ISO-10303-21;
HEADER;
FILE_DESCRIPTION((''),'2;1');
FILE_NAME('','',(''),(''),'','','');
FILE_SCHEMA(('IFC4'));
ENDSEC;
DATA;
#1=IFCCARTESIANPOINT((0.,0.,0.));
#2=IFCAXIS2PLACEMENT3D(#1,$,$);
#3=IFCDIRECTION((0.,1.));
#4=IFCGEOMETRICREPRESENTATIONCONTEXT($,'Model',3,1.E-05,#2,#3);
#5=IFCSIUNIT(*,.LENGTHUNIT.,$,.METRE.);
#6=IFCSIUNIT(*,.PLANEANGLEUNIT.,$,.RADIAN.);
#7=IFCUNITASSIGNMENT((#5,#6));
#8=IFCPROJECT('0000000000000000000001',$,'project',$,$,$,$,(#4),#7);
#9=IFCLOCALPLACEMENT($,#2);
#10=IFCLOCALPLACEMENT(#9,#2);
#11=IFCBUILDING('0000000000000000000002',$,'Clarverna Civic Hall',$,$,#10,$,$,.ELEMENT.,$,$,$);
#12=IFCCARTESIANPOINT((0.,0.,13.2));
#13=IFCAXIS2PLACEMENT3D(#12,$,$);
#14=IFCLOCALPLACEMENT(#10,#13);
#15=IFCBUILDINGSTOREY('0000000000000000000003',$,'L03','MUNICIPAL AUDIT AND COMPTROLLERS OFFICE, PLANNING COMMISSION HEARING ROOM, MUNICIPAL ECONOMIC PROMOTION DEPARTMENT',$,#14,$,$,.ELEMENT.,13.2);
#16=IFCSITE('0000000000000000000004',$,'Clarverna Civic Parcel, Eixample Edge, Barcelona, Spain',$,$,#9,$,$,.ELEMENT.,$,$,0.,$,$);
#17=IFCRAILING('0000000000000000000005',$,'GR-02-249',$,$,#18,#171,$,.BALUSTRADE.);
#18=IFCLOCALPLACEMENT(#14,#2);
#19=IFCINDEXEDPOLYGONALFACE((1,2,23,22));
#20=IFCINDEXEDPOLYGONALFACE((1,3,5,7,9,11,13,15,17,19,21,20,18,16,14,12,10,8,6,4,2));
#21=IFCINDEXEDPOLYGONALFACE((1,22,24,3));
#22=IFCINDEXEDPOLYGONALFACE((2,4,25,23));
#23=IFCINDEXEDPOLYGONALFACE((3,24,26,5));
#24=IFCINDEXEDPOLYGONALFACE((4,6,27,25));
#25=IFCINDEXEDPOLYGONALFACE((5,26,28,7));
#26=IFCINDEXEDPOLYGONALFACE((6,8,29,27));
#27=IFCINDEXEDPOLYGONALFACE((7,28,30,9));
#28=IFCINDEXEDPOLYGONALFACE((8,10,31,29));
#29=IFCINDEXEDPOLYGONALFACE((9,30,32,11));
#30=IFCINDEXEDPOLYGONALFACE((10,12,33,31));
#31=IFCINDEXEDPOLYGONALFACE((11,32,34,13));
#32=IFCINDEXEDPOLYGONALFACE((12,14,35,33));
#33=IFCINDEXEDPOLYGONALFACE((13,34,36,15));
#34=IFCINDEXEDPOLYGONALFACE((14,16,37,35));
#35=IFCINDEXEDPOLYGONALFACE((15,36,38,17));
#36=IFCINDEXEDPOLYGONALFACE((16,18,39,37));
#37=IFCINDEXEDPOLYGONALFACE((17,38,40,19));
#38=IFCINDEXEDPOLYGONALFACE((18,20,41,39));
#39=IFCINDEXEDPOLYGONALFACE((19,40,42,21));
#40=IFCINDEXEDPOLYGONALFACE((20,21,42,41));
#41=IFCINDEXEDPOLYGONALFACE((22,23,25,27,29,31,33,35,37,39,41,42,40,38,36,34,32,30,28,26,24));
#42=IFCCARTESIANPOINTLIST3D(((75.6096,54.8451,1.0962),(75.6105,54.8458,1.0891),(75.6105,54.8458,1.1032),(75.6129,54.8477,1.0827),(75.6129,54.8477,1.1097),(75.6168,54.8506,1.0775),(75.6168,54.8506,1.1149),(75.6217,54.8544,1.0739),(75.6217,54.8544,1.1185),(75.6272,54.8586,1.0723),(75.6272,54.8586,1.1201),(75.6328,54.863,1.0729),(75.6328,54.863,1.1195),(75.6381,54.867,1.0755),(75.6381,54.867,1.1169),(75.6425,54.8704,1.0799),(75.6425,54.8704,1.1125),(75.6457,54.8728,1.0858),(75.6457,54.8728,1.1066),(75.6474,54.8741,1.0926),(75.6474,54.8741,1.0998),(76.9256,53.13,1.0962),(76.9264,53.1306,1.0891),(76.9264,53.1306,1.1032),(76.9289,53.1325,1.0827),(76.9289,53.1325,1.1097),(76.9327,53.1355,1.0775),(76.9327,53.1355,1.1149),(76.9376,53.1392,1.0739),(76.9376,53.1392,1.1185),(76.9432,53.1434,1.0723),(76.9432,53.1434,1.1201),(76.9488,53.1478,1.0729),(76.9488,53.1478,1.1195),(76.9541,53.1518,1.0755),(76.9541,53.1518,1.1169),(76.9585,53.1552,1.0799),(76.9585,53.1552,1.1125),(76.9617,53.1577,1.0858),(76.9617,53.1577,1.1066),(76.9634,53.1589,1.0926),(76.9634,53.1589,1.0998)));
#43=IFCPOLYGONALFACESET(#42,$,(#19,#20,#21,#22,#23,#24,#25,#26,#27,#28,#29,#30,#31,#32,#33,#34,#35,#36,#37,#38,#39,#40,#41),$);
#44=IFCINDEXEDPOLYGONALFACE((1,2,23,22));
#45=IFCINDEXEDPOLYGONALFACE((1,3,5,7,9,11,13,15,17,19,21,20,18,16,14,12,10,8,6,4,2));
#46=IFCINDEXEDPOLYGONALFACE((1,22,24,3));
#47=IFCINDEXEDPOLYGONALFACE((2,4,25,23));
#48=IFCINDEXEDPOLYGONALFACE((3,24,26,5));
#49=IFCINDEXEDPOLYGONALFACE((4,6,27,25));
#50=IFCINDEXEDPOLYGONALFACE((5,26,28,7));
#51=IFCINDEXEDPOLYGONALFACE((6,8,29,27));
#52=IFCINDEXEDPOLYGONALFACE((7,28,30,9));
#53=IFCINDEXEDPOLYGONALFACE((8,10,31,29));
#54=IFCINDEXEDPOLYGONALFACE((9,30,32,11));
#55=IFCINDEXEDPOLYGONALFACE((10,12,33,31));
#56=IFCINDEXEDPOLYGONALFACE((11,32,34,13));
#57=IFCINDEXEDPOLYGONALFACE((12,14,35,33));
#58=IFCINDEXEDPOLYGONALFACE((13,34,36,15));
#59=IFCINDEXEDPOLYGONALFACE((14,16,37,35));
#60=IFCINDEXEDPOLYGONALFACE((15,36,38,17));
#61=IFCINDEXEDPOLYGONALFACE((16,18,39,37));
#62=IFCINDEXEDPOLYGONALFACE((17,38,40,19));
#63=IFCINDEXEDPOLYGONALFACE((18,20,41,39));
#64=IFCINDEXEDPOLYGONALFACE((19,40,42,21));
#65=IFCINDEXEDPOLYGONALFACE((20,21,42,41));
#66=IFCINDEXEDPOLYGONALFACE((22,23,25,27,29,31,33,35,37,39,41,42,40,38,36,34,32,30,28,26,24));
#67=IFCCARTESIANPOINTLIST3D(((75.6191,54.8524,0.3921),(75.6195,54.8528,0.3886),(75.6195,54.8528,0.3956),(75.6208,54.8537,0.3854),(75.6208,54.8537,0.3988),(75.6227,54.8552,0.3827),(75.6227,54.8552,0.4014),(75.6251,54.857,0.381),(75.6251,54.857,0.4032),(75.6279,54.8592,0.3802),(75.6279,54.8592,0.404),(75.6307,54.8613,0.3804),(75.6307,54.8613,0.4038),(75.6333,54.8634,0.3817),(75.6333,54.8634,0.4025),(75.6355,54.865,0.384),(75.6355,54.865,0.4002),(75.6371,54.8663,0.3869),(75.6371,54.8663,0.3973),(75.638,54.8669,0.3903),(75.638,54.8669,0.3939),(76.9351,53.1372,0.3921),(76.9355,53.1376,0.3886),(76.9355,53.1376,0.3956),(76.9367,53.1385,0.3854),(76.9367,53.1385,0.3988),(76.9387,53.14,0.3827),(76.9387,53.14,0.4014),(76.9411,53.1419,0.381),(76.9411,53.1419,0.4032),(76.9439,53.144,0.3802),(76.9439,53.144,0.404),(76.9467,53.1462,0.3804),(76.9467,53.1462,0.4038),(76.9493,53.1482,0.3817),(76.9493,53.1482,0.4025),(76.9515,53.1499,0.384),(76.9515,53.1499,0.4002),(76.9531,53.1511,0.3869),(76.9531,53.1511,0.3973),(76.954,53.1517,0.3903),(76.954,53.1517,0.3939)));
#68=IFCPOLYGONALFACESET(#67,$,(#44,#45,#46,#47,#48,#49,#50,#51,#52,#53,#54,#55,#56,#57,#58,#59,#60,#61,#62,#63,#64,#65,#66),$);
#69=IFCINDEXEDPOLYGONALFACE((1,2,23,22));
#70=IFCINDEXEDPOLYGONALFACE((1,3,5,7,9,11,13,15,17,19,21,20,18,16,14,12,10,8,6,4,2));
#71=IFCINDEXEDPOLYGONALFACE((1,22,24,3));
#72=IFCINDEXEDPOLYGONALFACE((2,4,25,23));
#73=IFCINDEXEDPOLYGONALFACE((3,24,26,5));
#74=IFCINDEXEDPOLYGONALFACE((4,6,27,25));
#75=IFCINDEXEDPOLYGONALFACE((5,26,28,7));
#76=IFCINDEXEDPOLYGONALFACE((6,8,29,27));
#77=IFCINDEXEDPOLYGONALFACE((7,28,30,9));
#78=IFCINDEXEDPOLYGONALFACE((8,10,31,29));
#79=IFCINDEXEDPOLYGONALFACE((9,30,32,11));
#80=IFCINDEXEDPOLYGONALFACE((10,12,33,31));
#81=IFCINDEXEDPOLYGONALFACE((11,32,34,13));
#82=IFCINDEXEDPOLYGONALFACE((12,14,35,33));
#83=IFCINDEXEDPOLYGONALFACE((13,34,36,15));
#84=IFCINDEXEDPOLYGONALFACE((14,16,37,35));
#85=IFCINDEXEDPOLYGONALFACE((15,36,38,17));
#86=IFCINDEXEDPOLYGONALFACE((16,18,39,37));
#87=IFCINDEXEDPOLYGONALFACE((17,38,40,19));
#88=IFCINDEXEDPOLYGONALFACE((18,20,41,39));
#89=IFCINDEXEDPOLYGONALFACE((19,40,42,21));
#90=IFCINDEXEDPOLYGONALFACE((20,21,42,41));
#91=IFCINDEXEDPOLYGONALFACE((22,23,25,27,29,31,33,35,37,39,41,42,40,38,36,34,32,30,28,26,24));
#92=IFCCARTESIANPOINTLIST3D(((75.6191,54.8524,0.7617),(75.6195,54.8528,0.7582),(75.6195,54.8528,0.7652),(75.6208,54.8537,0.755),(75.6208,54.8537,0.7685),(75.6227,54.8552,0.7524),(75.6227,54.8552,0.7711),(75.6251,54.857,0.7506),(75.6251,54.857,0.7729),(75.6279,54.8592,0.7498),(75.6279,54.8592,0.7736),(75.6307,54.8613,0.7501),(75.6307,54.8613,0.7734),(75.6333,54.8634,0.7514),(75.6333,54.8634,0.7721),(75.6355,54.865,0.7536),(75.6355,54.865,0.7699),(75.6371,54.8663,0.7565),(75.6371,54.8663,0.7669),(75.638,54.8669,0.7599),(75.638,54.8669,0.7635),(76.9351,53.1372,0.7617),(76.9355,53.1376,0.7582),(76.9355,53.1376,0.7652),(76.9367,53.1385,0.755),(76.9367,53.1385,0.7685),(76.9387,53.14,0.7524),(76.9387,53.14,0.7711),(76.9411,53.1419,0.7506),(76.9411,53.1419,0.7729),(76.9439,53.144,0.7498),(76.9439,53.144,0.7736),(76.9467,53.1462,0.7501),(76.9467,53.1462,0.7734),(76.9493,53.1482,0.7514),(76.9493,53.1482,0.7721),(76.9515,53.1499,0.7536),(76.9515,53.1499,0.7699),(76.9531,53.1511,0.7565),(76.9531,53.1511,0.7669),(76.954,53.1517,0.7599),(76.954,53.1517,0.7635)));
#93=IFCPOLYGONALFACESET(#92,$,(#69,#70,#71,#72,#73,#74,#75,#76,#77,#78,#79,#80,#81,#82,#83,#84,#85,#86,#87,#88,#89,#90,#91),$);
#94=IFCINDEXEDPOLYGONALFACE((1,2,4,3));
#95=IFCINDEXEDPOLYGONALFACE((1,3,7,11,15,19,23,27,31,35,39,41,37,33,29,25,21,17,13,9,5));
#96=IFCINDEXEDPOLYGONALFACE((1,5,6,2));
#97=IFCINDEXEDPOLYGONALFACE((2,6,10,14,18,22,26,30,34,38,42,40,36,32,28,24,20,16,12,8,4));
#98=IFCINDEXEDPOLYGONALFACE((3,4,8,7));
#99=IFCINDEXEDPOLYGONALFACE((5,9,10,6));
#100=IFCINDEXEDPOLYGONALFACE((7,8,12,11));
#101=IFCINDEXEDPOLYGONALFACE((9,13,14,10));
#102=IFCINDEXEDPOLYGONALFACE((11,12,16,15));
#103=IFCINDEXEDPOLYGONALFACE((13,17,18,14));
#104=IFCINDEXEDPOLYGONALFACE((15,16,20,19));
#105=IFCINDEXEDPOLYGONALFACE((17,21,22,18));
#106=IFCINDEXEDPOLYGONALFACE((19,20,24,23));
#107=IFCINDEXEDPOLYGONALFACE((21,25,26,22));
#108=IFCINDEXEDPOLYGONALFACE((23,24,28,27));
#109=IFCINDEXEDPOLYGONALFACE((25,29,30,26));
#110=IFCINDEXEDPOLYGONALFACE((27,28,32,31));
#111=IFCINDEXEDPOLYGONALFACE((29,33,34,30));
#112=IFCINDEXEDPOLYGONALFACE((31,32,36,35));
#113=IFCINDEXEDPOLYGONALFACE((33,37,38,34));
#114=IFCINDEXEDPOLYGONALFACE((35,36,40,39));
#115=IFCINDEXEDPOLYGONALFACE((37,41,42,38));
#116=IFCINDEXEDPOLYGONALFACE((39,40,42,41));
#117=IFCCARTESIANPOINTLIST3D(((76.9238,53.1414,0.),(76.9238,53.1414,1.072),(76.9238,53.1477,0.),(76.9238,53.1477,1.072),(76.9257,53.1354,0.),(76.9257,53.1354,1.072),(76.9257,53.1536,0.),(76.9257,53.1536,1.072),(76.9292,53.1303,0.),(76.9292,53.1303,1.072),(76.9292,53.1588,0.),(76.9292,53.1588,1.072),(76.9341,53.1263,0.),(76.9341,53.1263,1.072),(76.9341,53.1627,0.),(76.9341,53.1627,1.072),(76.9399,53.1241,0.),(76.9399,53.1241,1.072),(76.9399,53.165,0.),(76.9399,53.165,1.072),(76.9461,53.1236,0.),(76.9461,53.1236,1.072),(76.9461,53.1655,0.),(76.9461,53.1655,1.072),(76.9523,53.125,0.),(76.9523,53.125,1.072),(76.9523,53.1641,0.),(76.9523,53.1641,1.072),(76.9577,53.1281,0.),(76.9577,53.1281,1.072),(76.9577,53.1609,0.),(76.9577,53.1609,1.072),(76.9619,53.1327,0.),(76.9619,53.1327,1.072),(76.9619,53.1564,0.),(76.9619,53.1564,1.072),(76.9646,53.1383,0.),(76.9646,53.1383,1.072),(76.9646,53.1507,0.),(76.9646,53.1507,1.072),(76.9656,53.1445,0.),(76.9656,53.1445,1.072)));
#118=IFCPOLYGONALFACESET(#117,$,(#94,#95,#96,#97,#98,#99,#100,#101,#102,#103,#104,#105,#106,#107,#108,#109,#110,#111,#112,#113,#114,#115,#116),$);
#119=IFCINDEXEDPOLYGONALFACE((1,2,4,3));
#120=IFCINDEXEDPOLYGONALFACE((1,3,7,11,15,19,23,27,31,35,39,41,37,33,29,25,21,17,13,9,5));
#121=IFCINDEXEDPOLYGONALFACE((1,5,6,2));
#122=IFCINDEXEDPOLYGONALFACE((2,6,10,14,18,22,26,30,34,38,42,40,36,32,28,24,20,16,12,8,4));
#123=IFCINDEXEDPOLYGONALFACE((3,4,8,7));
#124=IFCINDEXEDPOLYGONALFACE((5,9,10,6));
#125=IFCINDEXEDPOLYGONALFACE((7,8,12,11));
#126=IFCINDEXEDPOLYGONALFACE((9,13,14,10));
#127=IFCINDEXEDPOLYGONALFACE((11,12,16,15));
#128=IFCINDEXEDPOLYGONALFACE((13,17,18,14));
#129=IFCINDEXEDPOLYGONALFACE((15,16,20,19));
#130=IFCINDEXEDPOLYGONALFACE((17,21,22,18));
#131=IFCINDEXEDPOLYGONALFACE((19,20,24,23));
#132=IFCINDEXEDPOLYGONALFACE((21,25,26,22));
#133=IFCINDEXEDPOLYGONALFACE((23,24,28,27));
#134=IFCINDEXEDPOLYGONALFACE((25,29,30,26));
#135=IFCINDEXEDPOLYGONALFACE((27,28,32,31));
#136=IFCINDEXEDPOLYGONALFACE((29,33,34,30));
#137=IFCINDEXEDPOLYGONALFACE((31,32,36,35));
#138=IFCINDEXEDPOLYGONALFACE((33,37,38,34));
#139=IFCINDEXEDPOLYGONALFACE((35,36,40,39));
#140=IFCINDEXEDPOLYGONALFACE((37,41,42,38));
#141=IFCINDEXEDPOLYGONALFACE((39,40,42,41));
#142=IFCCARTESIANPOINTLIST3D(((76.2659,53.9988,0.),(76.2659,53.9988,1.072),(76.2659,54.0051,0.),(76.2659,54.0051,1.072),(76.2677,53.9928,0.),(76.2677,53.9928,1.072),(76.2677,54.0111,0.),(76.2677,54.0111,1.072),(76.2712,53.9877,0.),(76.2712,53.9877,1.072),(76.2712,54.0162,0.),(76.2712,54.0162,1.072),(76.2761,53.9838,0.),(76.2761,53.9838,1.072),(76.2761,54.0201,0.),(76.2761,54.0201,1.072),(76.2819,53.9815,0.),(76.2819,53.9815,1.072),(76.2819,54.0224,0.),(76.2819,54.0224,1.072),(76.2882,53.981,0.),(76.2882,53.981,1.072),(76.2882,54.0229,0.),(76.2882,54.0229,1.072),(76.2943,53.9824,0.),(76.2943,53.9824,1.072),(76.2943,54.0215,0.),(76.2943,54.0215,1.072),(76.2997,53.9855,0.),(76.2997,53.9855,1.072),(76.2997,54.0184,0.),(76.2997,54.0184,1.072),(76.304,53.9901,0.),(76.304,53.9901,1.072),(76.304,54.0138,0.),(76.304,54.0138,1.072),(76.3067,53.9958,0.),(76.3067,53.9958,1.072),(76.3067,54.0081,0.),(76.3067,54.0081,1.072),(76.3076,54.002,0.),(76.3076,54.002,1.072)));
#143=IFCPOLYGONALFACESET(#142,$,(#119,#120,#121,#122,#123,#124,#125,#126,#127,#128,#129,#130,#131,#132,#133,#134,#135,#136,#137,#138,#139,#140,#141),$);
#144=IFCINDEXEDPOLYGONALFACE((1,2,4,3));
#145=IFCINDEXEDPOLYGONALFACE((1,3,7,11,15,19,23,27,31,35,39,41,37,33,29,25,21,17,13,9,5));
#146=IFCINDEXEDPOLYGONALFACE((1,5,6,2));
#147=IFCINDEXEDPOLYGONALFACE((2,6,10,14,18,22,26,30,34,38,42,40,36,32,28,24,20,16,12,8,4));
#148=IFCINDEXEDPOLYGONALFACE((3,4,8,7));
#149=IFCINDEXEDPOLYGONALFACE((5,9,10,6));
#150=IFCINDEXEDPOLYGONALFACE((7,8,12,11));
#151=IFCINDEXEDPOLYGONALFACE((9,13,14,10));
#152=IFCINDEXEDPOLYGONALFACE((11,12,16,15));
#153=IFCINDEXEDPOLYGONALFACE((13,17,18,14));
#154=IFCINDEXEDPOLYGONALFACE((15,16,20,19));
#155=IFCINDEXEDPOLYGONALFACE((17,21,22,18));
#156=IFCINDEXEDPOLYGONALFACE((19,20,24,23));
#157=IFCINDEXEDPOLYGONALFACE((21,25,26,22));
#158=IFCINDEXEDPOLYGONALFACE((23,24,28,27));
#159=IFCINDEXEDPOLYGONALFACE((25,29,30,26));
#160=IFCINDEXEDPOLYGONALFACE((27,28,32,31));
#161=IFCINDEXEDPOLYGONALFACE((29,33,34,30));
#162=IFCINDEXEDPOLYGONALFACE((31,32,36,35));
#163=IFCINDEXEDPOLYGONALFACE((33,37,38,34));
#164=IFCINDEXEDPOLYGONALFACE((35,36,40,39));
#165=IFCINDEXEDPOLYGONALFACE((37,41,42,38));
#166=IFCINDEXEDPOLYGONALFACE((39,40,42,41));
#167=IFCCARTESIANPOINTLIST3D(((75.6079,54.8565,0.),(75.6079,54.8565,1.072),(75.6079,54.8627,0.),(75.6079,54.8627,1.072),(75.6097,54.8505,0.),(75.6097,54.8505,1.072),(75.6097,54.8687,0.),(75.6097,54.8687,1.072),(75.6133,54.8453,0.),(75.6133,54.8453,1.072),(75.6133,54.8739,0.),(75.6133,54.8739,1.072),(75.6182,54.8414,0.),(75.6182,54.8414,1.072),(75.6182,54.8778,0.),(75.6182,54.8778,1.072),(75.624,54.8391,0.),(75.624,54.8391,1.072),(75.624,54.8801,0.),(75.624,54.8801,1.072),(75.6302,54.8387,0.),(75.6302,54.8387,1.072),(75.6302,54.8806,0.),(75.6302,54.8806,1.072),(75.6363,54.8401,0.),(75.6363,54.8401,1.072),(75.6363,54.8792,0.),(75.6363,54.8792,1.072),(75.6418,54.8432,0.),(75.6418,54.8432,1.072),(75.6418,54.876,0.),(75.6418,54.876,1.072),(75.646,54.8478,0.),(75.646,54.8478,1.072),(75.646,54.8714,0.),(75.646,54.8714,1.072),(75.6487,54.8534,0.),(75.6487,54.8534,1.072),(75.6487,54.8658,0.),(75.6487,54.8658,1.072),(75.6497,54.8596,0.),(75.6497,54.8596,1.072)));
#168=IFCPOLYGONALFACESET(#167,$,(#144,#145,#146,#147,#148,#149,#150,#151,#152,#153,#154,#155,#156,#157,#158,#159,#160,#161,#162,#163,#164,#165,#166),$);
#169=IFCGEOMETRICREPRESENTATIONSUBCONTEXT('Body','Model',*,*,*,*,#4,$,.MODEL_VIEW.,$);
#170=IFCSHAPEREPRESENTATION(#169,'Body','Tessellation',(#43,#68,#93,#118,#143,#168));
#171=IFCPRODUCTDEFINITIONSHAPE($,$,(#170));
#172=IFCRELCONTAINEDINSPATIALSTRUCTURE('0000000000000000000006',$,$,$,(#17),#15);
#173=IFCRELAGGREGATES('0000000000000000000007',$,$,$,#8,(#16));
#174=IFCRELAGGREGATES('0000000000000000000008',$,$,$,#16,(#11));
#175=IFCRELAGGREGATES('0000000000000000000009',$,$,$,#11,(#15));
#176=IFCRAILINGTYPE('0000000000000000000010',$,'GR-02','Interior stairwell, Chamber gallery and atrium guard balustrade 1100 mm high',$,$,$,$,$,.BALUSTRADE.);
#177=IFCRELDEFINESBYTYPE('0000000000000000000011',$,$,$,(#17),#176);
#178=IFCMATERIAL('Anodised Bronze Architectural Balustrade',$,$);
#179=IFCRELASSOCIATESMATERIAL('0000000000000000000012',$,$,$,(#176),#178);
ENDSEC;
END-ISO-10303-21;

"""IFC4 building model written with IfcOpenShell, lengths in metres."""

from ifc_helpers import new_model, si_unit, direction, frame, origin, origin_2d, place, context, subcontext, project, spatial, circle, extrude, material, type_object, element, save


model = new_model("IFC4")

# Units and contexts
model_context = context("Model", 3, precision=1e-05, world=origin(), true_north=direction((0.0, 1.0)))
body_context = subcontext(model_context, "Body", "Model", "MODEL_VIEW")
ifc_project = project(units=[si_unit("LENGTHUNIT", "METRE"), si_unit("PLANEANGLEUNIT", "RADIAN")], contexts=[model_context])

# Site, building, storey
site_placement = place(None, origin())
site = spatial("IfcSite", under=ifc_project, at=site_placement, Name="Clarverna Civic Parcel, Eixample Edge, Barcelona, Spain", CompositionType="ELEMENT", RefElevation=0.0)
building_placement = place(site_placement, origin())
building = spatial("IfcBuilding", under=site, at=building_placement, Name="Clarverna Civic Hall", CompositionType="ELEMENT")
storey_placement = place(building_placement, frame((0.0, 0.0, 13.2)))
storey = spatial("IfcBuildingStorey", under=building, at=storey_placement, Name="L03", Description="MUNICIPAL AUDIT AND COMPTROLLERS OFFICE, PLANNING COMMISSION HEARING ROOM, MUNICIPAL ECONOMIC PROMOTION DEPARTMENT", CompositionType="ELEMENT", Elevation=13.2)

# Railing
ifc_material_1 = material(Name="Anodised Bronze Architectural Balustrade")
railing_type_1 = type_object("IfcRailingType", Name="GR-02", Description="Interior stairwell, Chamber gallery and atrium guard balustrade 1100 mm high", PredefinedType="BALUSTRADE", material=ifc_material_1)
railing_1_placement = place(storey_placement, frame((76.9446, 53.1445, 0.0)))
element("IfcRailing", 1, at=railing_1_placement, inside=storey, type_object=railing_type_1, Name="GR-02-249", PredefinedType="BALUSTRADE", context=body_context, shape_type="SweptSolid", body=[
    extrude(circle(Radius=0.0239, at=origin_2d()), frame((0.0, 0.0, 1.0962), z_axis=(-0.608728, 0.793379, 0.0), x_axis=(-0.793379, -0.608728, 0.0)), (0.0, 0.0, 1.0), 2.1619),
    extrude(circle(Radius=0.012, at=origin_2d()), frame((0.0, 0.0, 0.3921), z_axis=(-0.608728, 0.793379, 0.0), x_axis=(-0.793379, -0.608728, 0.0)), (0.0, 0.0, 1.0), 2.1619),
    extrude(circle(Radius=0.012, at=origin_2d()), frame((0.0, 0.0, 0.7617), z_axis=(-0.608728, 0.793379, 0.0), x_axis=(-0.793379, -0.608728, 0.0)), (0.0, 0.0, 1.0), 2.1619),
    extrude(circle(Radius=0.021, at=origin_2d()), origin(), (0.0, 0.0, 1.0), 1.072),
    extrude(circle(Radius=0.021, at=origin_2d()), frame((-0.658, 0.8574, 0.0)), (0.0, 0.0, 1.0), 1.072),
    extrude(circle(Radius=0.021, at=origin_2d()), frame((-1.3159, 1.7151, 0.0)), (0.0, 0.0, 1.0), 1.072),
])

save(model, "model.ifc")
